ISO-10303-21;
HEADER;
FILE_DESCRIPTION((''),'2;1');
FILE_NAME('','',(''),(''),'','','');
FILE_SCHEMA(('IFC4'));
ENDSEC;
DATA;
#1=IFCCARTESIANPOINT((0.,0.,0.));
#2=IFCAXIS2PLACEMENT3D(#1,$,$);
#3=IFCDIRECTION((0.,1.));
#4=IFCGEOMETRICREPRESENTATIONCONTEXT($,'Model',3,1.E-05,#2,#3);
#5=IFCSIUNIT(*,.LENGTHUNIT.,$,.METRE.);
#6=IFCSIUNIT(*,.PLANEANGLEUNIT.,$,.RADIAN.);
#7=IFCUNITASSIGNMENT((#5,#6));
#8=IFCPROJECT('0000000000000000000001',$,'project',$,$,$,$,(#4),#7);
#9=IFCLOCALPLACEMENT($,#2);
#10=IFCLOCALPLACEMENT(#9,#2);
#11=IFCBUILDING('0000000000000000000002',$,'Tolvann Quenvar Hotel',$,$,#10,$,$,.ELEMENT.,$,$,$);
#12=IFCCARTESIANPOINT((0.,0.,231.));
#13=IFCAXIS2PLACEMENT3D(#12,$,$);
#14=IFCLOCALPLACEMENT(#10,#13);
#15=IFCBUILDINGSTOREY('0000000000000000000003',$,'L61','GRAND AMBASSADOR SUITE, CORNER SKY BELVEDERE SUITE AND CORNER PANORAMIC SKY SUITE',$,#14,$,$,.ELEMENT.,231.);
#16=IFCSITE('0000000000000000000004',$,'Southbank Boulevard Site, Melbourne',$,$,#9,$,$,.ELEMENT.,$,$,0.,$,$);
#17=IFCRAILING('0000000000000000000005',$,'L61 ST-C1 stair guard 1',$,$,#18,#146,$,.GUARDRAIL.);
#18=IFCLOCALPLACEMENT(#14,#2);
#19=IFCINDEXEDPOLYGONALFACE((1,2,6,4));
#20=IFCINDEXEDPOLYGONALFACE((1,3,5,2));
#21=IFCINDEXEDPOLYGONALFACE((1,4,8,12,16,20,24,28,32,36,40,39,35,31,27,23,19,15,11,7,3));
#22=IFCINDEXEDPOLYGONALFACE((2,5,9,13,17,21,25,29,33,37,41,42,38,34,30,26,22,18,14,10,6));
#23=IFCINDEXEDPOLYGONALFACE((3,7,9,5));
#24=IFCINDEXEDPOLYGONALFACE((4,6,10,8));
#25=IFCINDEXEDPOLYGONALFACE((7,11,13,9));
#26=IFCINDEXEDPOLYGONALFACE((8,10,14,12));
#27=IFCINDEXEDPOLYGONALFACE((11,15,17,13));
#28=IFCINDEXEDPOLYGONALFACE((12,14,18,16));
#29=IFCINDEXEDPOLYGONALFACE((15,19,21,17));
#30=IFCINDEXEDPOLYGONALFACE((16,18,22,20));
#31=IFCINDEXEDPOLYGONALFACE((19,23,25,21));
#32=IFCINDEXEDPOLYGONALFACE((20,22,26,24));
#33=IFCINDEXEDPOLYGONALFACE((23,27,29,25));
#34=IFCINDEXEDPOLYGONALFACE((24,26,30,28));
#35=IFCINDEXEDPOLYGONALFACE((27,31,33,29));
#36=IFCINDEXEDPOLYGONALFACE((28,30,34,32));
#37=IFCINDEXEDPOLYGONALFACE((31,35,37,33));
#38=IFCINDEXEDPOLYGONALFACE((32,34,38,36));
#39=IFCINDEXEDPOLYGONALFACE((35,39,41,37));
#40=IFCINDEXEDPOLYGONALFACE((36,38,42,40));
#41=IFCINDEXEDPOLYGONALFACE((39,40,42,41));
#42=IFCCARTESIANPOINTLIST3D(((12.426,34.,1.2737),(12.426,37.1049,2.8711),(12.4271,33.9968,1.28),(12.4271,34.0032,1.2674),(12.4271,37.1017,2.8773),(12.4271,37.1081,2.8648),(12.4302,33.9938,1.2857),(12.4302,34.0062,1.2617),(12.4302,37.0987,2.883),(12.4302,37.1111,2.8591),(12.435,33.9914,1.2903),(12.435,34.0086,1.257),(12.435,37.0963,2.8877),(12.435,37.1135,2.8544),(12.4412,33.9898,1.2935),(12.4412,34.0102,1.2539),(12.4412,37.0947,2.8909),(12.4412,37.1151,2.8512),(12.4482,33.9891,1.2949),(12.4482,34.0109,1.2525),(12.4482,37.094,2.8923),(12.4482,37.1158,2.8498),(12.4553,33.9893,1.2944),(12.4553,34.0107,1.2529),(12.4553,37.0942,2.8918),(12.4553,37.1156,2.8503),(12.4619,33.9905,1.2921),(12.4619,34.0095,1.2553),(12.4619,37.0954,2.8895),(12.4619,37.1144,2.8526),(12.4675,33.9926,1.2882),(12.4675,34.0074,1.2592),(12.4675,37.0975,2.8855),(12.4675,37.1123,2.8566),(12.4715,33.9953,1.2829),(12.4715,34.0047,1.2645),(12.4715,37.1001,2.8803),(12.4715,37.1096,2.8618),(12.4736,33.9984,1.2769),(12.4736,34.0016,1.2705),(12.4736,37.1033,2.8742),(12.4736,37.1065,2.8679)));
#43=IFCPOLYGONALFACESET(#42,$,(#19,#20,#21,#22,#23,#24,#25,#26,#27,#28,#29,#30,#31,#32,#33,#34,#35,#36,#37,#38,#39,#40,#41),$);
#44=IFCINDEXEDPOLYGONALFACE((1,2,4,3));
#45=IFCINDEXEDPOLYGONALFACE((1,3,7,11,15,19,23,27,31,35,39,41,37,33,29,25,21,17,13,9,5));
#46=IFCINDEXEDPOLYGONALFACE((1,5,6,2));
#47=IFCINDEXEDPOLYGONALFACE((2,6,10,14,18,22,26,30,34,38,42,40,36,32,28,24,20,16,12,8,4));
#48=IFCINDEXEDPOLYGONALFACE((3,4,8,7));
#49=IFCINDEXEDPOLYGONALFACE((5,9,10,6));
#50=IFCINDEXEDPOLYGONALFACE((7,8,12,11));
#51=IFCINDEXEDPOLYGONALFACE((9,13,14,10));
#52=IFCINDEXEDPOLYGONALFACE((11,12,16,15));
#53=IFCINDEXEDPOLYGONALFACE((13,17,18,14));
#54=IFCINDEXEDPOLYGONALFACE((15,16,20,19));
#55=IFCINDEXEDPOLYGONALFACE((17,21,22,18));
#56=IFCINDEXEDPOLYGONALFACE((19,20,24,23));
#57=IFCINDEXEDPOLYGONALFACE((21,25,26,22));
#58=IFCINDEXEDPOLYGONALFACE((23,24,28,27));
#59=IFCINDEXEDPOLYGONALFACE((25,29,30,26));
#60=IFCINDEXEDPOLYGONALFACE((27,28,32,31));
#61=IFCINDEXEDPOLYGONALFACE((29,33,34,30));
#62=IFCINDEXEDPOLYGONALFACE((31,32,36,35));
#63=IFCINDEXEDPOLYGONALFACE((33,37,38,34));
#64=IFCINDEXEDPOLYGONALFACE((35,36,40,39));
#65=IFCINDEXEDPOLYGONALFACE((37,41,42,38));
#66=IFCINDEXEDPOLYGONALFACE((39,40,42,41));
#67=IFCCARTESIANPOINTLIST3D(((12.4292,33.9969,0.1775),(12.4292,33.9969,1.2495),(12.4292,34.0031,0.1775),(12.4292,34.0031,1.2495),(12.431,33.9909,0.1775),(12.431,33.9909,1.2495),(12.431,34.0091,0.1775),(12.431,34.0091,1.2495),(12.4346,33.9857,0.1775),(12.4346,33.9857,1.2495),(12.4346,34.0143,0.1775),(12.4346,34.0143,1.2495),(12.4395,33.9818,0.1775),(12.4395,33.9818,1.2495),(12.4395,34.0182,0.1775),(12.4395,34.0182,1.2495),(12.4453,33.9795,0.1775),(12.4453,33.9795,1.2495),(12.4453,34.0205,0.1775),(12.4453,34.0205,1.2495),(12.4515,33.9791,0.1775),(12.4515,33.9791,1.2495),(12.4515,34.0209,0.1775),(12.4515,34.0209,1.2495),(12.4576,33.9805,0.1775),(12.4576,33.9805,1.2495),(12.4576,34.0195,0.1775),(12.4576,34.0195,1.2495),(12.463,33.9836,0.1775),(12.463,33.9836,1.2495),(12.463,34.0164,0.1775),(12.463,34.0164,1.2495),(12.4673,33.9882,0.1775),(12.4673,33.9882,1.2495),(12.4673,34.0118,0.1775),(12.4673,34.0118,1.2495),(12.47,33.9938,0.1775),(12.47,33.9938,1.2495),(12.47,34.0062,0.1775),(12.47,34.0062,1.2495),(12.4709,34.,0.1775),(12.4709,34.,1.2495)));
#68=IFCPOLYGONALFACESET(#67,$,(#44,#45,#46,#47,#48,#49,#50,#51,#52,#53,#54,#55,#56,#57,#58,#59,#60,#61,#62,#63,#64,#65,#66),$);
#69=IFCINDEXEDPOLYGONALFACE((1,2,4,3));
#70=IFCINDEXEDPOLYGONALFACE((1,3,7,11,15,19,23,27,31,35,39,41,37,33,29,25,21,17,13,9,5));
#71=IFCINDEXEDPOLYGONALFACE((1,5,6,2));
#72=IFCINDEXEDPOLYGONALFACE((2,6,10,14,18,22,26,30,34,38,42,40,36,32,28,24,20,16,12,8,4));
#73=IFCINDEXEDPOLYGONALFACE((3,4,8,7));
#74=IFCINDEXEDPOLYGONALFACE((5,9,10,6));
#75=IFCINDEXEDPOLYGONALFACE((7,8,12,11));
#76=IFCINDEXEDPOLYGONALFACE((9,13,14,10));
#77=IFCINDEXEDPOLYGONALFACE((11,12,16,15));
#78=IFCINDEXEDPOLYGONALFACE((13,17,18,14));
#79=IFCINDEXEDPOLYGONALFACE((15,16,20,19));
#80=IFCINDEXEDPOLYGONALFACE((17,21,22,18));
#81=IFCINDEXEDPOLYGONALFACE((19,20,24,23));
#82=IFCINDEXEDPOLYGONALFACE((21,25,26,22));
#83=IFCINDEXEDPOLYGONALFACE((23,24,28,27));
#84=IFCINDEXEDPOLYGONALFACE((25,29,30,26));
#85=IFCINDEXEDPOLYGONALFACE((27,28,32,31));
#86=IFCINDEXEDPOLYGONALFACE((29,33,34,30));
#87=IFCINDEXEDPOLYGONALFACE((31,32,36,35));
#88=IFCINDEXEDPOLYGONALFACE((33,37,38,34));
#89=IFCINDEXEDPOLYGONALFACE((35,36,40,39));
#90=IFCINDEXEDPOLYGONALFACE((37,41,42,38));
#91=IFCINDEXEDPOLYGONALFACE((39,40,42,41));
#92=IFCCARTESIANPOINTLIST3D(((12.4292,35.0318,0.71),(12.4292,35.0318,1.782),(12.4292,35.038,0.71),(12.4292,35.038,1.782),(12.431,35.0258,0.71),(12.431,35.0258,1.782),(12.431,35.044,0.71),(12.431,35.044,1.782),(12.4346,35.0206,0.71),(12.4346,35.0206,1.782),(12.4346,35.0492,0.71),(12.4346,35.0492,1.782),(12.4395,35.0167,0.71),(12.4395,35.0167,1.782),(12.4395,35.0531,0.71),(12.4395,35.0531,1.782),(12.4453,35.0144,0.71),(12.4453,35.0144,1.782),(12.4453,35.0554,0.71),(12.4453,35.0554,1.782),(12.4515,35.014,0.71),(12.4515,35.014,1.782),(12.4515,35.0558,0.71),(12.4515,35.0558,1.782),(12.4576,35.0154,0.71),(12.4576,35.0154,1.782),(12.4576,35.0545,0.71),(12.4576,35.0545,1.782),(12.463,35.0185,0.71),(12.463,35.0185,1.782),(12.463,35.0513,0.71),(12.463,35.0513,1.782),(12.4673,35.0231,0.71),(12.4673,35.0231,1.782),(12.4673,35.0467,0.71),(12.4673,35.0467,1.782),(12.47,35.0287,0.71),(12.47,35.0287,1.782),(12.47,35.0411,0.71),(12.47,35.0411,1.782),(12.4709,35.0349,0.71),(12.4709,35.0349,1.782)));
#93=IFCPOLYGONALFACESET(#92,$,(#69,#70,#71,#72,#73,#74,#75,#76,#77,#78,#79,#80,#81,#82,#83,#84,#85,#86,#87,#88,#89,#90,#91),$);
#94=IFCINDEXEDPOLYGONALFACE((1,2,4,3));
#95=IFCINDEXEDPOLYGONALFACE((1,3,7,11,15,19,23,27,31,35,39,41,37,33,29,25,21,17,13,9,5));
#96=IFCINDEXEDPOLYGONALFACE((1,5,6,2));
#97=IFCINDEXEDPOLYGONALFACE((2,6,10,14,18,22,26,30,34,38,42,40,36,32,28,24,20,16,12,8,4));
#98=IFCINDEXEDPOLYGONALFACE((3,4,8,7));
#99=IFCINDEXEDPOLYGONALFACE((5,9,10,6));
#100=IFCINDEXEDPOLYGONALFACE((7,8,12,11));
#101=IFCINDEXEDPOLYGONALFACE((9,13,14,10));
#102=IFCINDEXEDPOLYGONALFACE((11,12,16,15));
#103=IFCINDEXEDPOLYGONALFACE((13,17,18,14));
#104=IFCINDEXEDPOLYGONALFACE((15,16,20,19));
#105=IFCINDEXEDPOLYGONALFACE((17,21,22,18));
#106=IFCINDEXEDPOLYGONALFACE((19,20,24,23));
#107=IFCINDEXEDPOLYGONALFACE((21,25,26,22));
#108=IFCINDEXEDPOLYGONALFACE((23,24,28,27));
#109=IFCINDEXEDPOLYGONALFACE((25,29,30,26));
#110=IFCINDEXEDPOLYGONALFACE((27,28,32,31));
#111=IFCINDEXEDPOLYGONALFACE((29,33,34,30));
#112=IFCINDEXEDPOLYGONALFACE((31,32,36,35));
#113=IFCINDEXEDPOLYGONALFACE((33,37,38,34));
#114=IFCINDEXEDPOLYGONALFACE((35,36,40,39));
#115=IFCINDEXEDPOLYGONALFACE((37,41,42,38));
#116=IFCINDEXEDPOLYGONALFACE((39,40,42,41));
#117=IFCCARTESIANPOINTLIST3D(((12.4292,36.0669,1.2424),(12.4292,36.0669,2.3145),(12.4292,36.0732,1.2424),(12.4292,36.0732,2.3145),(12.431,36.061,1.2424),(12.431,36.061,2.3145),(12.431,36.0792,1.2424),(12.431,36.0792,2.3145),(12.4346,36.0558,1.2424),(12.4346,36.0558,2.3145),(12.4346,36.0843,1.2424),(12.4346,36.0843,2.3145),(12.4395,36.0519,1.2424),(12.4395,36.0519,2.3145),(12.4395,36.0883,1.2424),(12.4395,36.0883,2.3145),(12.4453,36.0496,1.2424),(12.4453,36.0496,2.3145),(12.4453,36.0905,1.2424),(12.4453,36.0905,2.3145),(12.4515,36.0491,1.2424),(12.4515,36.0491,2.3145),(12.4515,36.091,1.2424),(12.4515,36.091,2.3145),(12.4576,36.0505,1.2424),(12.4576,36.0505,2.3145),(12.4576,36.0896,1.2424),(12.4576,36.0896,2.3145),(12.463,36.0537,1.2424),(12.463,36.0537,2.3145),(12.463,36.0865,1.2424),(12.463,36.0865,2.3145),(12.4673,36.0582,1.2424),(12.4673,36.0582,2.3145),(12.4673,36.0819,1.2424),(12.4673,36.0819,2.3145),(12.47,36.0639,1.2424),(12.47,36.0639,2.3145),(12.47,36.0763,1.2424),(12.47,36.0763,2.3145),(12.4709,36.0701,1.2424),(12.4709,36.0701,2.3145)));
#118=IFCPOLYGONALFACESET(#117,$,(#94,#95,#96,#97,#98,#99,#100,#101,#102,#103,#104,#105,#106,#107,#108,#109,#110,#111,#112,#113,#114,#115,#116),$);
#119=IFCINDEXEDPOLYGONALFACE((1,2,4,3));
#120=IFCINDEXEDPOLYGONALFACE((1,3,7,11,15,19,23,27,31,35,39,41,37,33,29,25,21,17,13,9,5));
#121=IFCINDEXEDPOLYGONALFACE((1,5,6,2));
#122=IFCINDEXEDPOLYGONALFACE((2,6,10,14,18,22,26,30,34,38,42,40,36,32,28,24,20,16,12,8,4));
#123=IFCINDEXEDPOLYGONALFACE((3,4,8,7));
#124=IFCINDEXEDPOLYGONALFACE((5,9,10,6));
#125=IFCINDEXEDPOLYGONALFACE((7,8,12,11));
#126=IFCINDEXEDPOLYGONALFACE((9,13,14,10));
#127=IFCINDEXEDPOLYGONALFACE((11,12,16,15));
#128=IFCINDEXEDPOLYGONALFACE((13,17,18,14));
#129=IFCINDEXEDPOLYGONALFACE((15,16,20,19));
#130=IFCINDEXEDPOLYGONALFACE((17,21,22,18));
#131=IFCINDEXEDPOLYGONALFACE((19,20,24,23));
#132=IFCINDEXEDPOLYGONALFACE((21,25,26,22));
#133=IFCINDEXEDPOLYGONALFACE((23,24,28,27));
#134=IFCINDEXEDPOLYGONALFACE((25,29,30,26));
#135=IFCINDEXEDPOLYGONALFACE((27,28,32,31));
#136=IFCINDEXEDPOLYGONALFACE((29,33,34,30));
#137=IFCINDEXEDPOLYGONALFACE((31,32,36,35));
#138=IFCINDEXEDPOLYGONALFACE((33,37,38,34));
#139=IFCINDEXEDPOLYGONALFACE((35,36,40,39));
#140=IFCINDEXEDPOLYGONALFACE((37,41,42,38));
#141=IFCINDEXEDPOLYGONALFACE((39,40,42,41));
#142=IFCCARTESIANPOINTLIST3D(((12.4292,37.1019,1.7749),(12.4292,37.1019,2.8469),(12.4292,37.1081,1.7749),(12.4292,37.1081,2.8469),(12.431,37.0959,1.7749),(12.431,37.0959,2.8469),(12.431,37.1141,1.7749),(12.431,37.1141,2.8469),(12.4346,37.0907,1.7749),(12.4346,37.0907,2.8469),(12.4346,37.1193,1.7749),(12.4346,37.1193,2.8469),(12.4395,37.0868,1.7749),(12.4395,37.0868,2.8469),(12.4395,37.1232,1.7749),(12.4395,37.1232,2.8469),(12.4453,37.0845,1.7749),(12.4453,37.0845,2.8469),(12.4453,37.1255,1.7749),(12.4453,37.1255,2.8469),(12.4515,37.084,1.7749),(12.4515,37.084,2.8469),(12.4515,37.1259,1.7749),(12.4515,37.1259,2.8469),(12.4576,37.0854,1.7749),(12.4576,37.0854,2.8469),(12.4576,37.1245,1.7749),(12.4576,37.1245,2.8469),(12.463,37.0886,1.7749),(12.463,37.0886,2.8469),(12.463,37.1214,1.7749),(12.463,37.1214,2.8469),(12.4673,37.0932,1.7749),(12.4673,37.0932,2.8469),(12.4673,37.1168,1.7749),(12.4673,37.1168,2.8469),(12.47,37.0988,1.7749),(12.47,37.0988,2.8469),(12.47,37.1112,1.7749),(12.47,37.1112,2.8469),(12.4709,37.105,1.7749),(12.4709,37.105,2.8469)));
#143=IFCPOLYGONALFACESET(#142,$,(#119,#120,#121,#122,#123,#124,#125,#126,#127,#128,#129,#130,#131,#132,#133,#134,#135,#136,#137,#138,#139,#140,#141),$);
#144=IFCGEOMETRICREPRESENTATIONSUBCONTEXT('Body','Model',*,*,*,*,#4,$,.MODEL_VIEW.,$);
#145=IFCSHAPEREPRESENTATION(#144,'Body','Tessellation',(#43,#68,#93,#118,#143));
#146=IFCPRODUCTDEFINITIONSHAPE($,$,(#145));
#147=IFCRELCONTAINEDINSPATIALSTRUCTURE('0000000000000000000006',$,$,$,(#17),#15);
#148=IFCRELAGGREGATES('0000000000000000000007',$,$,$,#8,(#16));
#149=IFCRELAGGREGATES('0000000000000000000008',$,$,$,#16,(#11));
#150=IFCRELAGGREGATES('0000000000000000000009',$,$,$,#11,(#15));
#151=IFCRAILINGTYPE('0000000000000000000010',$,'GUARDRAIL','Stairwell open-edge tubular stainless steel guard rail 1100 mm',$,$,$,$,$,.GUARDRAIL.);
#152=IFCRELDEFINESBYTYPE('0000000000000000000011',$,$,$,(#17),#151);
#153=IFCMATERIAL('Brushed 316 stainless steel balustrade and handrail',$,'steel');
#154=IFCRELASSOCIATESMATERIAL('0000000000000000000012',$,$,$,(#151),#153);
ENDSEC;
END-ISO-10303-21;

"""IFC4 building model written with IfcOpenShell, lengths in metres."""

from ifc_helpers import new_model, si_unit, direction, frame, origin, origin_2d, place, context, subcontext, project, spatial, circle, extrude, material, type_object, element, save


model = new_model("IFC4")

# Units and contexts
model_context = context("Model", 3, precision=1e-05, world=origin(), true_north=direction((0.0, 1.0)))
body_context = subcontext(model_context, "Body", "Model", "MODEL_VIEW")
ifc_project = project(units=[si_unit("LENGTHUNIT", "METRE"), si_unit("PLANEANGLEUNIT", "RADIAN")], contexts=[model_context])

# Site, building, storey
site_placement = place(None, origin())
site = spatial("IfcSite", under=ifc_project, at=site_placement, Name="Southbank Boulevard Site, Melbourne", CompositionType="ELEMENT", RefElevation=0.0)
building_placement = place(site_placement, origin())
building = spatial("IfcBuilding", under=site, at=building_placement, Name="Tolvann Quenvar Hotel", CompositionType="ELEMENT")
storey_placement = place(building_placement, frame((0.0, 0.0, 231.0)))
storey = spatial("IfcBuildingStorey", under=building, at=storey_placement, Name="L61", Description="GRAND AMBASSADOR SUITE, CORNER SKY BELVEDERE SUITE AND CORNER PANORAMIC SKY SUITE", CompositionType="ELEMENT", Elevation=231.0)

# Railing
ifc_material_1 = material(Name="Brushed 316 stainless steel balustrade and handrail", Category="steel")
railing_type_1 = type_object("IfcRailingType", Name="GUARDRAIL", Description="Stairwell open-edge tubular stainless steel guard rail 1100 mm", PredefinedType="GUARDRAIL", material=ifc_material_1)
railing_1_placement = place(storey_placement, frame((12.45, 34.0, 0.1775)))
element("IfcRailing", 1, at=railing_1_placement, inside=storey, type_object=railing_type_1, Name="L61 ST-C1 stair guard 1", PredefinedType="GUARDRAIL", context=body_context, shape_type="SweptSolid", body=[
    extrude(circle(Radius=0.0239, at=origin_2d()), frame((0.0, 0.0, 1.0962), z_axis=(0.0, 0.889222, 0.457476), x_axis=(-1.0, 0.0, 0.0)), (0.0, 0.0, 1.0), 3.4917),
    extrude(circle(Radius=0.021, at=origin_2d()), origin(), (0.0, 0.0, 1.0), 1.072),
    extrude(circle(Radius=0.021, at=origin_2d()), frame((0.0, 1.0349, 0.5325)), (0.0, 0.0, 1.0), 1.072),
    extrude(circle(Radius=0.021, at=origin_2d()), frame((0.0, 2.0701, 1.0649)), (0.0, 0.0, 1.0), 1.072),
    extrude(circle(Radius=0.021, at=origin_2d()), frame((0.0, 3.105, 1.5974)), (0.0, 0.0, 1.0), 1.072),
])

save(model, "model.ifc")
